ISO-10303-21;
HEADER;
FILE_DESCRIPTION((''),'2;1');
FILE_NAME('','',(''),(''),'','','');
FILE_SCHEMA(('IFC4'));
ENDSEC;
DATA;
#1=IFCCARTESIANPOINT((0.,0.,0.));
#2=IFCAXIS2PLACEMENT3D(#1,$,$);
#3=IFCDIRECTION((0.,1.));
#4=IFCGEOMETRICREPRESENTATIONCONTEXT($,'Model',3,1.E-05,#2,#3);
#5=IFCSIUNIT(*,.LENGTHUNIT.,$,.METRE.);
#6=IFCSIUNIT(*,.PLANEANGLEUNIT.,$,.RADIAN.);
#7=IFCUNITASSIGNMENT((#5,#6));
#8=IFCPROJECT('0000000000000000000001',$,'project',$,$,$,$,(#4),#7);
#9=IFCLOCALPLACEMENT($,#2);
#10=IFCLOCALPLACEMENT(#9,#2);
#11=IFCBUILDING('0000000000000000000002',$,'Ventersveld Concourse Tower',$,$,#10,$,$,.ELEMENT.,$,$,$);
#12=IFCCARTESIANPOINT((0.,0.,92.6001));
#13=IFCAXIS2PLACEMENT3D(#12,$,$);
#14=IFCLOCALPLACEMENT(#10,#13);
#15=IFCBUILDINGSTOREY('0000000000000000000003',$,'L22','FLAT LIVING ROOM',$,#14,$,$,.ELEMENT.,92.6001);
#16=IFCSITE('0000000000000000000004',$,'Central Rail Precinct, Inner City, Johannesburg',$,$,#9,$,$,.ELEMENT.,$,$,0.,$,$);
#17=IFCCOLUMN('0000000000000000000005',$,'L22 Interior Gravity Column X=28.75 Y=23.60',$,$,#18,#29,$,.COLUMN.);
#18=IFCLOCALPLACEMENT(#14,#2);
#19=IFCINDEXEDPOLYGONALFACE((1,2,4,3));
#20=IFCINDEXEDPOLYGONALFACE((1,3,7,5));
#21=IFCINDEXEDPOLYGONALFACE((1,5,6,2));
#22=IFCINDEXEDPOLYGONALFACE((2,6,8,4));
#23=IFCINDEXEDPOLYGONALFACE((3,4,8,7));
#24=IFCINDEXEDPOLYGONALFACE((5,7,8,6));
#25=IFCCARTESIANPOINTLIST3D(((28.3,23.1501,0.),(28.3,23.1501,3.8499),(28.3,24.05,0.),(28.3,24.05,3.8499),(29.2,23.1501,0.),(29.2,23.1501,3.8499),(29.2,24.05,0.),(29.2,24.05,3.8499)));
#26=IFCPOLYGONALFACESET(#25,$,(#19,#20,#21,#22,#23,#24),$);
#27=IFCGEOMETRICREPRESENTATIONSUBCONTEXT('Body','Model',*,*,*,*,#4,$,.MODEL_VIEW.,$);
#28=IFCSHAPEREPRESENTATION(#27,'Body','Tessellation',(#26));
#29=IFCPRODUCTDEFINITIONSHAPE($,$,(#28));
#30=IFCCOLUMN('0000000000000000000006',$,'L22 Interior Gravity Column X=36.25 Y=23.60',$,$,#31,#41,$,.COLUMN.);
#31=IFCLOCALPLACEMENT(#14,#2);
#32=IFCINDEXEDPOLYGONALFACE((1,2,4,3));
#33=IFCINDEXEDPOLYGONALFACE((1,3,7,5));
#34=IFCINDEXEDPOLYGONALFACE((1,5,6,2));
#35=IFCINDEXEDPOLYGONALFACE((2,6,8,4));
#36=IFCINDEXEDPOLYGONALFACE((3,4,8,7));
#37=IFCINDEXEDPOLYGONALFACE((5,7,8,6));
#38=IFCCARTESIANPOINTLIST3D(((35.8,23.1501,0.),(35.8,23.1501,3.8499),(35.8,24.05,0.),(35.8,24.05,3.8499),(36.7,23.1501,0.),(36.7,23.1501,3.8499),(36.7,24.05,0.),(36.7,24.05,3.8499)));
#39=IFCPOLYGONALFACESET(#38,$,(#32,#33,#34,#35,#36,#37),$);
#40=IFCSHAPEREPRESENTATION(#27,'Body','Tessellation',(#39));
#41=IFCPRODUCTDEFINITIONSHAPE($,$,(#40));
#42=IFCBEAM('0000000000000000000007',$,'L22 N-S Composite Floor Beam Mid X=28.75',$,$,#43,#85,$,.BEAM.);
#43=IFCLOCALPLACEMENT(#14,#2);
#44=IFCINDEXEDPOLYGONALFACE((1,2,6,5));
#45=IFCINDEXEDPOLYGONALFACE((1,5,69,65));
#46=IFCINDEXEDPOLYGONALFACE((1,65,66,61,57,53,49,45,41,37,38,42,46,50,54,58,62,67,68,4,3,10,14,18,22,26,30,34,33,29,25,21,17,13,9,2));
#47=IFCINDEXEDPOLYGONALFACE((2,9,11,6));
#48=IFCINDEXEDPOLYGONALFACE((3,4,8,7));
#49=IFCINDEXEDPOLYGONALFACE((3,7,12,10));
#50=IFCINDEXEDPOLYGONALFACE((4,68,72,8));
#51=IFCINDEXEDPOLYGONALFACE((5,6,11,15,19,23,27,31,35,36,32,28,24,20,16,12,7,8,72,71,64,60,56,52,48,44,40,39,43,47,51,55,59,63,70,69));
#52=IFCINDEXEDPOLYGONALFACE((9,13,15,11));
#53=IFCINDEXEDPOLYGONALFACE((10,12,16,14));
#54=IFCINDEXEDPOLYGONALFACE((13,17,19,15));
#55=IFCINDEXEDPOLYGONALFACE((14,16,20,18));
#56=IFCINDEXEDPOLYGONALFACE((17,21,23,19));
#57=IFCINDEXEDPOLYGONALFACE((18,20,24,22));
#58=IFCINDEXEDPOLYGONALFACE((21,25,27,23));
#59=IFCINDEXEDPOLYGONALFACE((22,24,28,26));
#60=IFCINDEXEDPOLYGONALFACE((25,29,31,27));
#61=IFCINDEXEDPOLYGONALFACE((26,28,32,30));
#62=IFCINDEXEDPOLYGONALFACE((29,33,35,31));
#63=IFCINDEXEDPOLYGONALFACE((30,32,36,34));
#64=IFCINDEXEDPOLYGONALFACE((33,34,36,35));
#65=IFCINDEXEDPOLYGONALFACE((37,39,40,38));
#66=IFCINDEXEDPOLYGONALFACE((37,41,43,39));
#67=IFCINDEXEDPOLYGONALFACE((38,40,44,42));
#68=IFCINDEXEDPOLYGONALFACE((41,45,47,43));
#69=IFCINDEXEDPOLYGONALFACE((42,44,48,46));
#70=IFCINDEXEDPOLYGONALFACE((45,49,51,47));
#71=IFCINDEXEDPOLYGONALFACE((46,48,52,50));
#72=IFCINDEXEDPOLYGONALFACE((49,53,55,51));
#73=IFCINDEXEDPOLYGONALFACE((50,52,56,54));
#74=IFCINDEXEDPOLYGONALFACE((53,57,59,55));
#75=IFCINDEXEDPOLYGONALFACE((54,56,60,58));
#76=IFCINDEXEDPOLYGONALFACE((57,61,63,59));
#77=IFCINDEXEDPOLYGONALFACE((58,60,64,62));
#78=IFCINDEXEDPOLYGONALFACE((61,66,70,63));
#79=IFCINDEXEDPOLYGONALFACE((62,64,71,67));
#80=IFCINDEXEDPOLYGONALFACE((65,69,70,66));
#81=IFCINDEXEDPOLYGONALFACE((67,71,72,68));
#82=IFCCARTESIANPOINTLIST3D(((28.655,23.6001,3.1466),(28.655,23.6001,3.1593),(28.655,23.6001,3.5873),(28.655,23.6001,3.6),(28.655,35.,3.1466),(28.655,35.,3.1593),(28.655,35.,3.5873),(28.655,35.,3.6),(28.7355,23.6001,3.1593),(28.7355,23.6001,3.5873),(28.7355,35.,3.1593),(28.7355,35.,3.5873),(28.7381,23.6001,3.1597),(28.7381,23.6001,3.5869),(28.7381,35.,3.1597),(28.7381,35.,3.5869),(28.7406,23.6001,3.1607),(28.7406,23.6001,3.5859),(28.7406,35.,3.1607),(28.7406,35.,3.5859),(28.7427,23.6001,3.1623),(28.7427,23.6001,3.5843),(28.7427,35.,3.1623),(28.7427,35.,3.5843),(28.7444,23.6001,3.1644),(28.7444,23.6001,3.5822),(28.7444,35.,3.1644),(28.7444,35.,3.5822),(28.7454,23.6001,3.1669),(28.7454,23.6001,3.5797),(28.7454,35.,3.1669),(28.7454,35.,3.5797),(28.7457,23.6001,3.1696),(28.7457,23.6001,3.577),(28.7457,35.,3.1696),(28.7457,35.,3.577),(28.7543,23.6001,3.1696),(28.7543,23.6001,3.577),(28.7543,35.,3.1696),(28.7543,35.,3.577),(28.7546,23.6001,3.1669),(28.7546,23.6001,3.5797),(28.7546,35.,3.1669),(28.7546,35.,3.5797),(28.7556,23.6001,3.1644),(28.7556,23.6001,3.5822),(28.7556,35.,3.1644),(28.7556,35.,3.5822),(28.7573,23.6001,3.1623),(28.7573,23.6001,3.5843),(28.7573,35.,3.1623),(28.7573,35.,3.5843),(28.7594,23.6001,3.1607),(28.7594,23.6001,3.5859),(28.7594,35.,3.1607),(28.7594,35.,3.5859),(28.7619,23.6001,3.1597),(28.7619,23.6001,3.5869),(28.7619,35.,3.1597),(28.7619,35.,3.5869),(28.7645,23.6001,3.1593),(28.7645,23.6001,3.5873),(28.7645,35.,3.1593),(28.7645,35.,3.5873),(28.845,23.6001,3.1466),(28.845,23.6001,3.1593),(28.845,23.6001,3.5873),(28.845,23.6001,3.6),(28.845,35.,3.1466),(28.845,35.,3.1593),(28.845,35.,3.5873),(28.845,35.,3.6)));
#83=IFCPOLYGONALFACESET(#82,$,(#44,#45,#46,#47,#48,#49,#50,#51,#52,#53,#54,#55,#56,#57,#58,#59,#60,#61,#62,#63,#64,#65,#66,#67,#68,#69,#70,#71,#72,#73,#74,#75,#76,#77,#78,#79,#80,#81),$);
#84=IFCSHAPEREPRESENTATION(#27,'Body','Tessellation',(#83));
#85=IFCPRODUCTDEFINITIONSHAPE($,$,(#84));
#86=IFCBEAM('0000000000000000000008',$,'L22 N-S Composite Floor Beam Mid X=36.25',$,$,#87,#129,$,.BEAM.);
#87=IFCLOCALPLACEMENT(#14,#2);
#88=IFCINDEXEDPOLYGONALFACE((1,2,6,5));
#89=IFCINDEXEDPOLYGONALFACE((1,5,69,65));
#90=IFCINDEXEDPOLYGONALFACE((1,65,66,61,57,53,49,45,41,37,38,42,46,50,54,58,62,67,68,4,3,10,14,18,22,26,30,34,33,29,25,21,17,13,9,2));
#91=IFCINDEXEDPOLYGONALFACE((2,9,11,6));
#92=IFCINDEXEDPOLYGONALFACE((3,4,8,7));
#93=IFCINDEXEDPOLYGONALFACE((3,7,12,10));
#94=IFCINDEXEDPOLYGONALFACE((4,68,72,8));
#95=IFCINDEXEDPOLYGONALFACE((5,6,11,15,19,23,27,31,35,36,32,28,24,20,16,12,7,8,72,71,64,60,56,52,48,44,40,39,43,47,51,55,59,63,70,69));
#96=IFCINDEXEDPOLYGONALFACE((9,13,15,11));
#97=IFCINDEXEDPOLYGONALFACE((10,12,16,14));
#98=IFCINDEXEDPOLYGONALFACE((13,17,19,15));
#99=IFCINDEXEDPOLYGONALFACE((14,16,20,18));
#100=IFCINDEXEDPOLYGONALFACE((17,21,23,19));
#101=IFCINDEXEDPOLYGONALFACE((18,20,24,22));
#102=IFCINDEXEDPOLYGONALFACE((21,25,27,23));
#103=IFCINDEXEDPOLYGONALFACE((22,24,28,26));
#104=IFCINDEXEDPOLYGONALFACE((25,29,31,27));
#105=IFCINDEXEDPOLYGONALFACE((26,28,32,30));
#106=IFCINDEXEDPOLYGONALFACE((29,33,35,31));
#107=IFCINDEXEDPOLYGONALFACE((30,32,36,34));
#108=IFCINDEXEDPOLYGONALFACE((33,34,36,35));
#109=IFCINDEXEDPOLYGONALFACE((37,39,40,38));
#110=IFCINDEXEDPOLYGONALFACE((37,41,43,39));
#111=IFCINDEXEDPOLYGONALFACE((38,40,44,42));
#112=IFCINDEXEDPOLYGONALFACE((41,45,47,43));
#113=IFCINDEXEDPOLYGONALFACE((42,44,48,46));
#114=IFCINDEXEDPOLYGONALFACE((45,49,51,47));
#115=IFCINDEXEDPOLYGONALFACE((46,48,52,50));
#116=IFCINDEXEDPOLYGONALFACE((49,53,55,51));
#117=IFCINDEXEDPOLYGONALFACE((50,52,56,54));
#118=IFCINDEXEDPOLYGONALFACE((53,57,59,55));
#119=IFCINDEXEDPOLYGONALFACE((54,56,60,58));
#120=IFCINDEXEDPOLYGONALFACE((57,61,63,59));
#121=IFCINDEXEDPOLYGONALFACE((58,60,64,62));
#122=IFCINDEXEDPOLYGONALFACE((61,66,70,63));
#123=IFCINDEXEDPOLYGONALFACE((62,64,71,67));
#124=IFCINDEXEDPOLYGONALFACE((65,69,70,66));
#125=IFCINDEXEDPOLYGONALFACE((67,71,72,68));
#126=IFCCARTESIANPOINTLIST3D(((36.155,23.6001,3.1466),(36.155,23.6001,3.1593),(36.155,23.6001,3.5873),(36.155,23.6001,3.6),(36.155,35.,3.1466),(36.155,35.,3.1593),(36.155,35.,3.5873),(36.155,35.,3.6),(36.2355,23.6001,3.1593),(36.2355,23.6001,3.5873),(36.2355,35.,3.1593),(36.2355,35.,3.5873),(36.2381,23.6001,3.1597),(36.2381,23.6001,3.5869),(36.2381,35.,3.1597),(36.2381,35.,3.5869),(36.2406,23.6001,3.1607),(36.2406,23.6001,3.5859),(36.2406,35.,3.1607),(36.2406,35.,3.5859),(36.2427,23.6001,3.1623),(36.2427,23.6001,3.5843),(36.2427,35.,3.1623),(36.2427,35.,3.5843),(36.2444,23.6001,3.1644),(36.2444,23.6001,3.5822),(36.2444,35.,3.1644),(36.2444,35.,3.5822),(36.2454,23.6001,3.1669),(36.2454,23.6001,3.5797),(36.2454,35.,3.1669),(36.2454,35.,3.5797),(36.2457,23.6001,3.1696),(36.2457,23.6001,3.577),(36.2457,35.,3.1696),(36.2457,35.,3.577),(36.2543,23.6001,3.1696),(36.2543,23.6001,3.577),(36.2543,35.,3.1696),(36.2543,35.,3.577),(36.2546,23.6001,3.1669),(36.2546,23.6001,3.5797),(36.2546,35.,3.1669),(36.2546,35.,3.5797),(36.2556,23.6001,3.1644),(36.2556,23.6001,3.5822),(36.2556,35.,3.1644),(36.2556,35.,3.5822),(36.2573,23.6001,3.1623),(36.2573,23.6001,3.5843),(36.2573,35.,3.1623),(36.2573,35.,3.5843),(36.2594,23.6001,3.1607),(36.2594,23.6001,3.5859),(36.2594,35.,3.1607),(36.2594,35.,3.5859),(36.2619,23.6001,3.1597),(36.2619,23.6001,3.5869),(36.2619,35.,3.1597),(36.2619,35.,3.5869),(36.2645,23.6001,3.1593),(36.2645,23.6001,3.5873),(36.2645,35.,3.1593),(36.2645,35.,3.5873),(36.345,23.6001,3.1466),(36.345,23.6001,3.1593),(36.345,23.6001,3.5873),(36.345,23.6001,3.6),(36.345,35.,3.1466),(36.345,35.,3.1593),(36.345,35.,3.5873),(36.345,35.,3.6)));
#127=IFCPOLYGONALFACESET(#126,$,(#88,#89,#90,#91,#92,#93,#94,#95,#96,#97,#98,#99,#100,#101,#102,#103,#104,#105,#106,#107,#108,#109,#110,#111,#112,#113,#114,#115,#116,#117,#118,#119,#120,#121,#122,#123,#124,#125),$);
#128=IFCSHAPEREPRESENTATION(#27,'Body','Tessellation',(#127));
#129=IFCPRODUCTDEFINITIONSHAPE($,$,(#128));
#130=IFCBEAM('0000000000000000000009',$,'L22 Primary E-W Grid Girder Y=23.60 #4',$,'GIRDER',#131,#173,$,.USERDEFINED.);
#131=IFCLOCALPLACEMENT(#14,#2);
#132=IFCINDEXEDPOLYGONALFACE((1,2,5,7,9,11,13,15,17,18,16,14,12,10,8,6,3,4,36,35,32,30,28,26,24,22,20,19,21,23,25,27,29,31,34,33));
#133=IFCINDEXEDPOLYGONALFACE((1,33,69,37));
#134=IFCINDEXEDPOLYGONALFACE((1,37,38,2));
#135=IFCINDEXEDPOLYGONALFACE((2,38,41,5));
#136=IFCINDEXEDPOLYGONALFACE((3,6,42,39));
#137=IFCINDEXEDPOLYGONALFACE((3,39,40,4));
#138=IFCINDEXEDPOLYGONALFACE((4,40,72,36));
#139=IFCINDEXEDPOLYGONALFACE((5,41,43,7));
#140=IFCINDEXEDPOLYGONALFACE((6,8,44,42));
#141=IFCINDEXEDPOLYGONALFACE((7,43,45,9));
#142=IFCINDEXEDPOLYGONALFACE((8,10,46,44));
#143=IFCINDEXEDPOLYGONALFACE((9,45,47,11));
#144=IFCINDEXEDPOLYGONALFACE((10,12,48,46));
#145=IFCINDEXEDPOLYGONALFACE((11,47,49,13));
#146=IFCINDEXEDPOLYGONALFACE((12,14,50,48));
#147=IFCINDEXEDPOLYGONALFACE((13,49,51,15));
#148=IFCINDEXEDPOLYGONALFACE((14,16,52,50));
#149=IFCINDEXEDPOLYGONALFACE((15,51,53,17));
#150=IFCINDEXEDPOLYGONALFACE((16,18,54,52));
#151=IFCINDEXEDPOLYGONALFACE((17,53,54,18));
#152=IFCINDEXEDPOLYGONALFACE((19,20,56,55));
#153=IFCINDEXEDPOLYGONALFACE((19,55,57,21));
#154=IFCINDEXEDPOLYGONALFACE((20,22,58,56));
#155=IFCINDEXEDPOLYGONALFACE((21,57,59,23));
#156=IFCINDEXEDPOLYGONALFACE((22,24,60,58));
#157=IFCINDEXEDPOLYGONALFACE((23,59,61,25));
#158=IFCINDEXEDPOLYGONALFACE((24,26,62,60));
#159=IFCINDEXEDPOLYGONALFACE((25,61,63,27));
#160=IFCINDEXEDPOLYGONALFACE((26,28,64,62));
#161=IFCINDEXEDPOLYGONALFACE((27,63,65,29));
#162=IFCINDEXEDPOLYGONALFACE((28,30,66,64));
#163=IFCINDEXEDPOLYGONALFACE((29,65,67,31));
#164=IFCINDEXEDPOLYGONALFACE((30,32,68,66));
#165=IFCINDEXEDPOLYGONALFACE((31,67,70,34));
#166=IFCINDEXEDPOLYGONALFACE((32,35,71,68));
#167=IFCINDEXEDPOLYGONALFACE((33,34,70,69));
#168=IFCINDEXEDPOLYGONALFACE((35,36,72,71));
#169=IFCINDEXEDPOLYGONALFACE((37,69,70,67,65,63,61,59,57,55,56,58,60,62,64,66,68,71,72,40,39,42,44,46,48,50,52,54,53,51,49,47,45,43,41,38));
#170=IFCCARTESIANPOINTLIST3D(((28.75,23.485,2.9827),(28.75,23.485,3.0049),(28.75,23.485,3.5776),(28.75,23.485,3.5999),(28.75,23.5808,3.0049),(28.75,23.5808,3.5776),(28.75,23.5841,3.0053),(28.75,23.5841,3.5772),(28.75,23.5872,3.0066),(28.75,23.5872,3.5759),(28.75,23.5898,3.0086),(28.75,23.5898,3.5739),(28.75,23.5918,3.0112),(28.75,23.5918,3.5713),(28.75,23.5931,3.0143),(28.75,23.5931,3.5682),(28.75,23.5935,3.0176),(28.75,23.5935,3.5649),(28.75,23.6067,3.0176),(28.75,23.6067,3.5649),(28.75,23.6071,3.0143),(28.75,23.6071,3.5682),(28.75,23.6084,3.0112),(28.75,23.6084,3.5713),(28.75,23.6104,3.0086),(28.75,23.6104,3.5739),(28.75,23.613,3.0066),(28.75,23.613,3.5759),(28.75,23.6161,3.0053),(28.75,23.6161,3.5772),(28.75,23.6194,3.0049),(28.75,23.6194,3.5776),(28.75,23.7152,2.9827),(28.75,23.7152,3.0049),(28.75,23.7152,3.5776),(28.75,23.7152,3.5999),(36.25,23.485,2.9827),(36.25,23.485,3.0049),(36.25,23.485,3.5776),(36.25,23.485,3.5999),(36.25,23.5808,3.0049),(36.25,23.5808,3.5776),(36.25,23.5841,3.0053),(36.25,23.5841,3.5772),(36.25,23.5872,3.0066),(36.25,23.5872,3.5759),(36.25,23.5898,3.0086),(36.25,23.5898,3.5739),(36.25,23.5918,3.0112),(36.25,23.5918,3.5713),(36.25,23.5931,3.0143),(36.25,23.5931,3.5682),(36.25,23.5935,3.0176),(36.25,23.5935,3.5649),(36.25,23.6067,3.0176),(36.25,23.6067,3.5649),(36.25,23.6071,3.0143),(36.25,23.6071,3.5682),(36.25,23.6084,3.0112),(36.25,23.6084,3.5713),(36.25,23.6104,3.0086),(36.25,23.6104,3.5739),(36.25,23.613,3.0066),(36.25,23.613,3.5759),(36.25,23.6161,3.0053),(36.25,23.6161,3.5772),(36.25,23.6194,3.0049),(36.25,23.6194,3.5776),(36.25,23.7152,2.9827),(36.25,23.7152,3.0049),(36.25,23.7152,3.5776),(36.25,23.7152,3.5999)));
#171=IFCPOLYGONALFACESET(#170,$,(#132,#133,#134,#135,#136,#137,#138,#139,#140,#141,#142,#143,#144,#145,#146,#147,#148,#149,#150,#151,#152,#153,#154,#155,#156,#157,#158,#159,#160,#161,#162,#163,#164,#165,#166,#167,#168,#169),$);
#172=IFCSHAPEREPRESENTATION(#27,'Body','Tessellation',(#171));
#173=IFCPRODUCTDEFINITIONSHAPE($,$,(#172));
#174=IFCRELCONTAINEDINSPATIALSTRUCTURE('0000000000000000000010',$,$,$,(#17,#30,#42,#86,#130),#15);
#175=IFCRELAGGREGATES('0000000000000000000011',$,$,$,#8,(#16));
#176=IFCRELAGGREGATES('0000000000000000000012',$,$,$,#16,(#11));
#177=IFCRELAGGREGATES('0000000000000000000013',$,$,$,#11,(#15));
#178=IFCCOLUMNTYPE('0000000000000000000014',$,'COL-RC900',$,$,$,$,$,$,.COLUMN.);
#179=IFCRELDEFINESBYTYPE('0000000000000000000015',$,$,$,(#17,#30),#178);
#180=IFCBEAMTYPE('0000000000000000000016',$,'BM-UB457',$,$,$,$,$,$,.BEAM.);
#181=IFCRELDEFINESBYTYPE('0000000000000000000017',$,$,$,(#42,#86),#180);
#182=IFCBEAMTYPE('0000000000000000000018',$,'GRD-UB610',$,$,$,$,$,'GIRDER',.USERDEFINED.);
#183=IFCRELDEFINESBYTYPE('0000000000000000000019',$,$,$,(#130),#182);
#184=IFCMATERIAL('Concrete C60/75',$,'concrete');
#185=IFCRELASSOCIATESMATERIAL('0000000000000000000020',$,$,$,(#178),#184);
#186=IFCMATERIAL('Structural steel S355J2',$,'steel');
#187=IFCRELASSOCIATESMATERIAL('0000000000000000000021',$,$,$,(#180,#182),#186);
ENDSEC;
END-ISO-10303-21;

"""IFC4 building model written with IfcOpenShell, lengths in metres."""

from ifc_helpers import new_model, si_unit, direction, frame, origin, origin_2d, place, context, subcontext, project, spatial, rectangle, i_section, extrude, material, material_profile, profile_set, type_object, element, save


model = new_model("IFC4")

# Units and contexts
model_context = context("Model", 3, precision=1e-05, world=origin(), true_north=direction((0.0, 1.0)))
body_context = subcontext(model_context, "Body", "Model", "MODEL_VIEW")
ifc_project = project(units=[si_unit("LENGTHUNIT", "METRE"), si_unit("PLANEANGLEUNIT", "RADIAN")], contexts=[model_context])

# Site, building, storey
site_placement = place(None, origin())
site = spatial("IfcSite", under=ifc_project, at=site_placement, Name="Central Rail Precinct, Inner City, Johannesburg", CompositionType="ELEMENT", RefElevation=0.0)
building_placement = place(site_placement, origin())
building = spatial("IfcBuilding", under=site, at=building_placement, Name="Ventersveld Concourse Tower", CompositionType="ELEMENT")
storey_placement = place(building_placement, frame((0.0, 0.0, 92.6001)))
storey = spatial("IfcBuildingStorey", under=building, at=storey_placement, Name="L22", Description="FLAT LIVING ROOM", CompositionType="ELEMENT", Elevation=92.6001)

# Columns
ifc_material_1 = material(Name="Concrete C60/75", Category="concrete")
ifc_material_profile_1 = material_profile(ifc_material_1, rectangle(XDim=0.8999, YDim=0.8999, at=origin_2d()), Name="RC 900x900")
ifc_profile_set_1 = profile_set([ifc_material_profile_1], Name="Concrete C60/75")
column_type = type_object("IfcColumnType", Name="COL-RC900", PredefinedType="COLUMN", material=ifc_profile_set_1)
for number, where, z_axis, x_axis, name in (
    (1, (28.75, 23.6001, 0.0), (0.0, 0.0, 1.0), (1.0, 0.0, 0.0), "L22 Interior Gravity Column X=28.75 Y=23.60"),
    (2, (36.25, 23.6001, 0.0), (0.0, 0.0, 1.0), (1.0, 0.0, 0.0), "L22 Interior Gravity Column X=36.25 Y=23.60"),
):
    element("IfcColumn", number, at=place(storey_placement, frame(where, z_axis=z_axis, x_axis=x_axis)), inside=storey, type_object=column_type, Name=name, PredefinedType="COLUMN", context=body_context, shape_type="SweptSolid", body=[
        extrude(rectangle(XDim=0.8999, YDim=0.8999, at=origin_2d()), origin(), (0.0, 0.0, 1.0), 3.8499),
    ])

# Beams
ifc_material_2 = material(Name="Structural steel S355J2", Category="steel")
ifc_material_profile_2 = material_profile(ifc_material_2, i_section(OverallWidth=0.1899, OverallDepth=0.4534, WebThickness=0.0085, FlangeThickness=0.0127, FilletRadius=0.0103, at=origin_2d()), Name="UB 457x191x67")
ifc_profile_set_2 = profile_set([ifc_material_profile_2], Name="Structural steel S355J2")
beam_type_1 = type_object("IfcBeamType", Name="BM-UB457", PredefinedType="BEAM", material=ifc_profile_set_2)
for number, where, z_axis, x_axis, name in (
    (3, (28.75, 23.6001, 3.3733), (0.0, 1.0, 0.0), (-1.0, 0.0, 0.0), "L22 N-S Composite Floor Beam Mid X=28.75"),
    (4, (36.25, 23.6001, 3.3733), (0.0, 1.0, 0.0), (-1.0, 0.0, 0.0), "L22 N-S Composite Floor Beam Mid X=36.25"),
):
    element("IfcBeam", number, at=place(storey_placement, frame(where, z_axis=z_axis, x_axis=x_axis)), inside=storey, type_object=beam_type_1, Name=name, PredefinedType="BEAM", context=body_context, shape_type="SweptSolid", body=[
        extrude(i_section(OverallWidth=0.1899, OverallDepth=0.4534, WebThickness=0.0085, FlangeThickness=0.0127, FilletRadius=0.0103, at=origin_2d()), origin(), (0.0, 0.0, 1.0), 11.3999),
    ])
ifc_material_profile_3 = material_profile(ifc_material_2, i_section(OverallWidth=0.2302, OverallDepth=0.6172, WebThickness=0.0132, FlangeThickness=0.0222, FilletRadius=0.0127, at=origin_2d()), Name="UB 610x229x140")
ifc_profile_set_3 = profile_set([ifc_material_profile_3], Name="Structural steel S355J2")
beam_type_2 = type_object("IfcBeamType", Name="GRD-UB610", ElementType="GIRDER", PredefinedType="USERDEFINED", material=ifc_profile_set_3)
for number, where, z_axis, x_axis, name in (
    (5, (28.75, 23.6001, 3.2913), (1.0, 0.0, 0.0), (0.0, 1.0, 0.0), "L22 Primary E-W Grid Girder Y=23.60 #4"),
):
    element("IfcBeam", number, at=place(storey_placement, frame(where, z_axis=z_axis, x_axis=x_axis)), inside=storey, type_object=beam_type_2, Name=name, ObjectType="GIRDER", PredefinedType="USERDEFINED", context=body_context, shape_type="SweptSolid", body=[
        extrude(i_section(OverallWidth=0.2302, OverallDepth=0.6172, WebThickness=0.0132, FlangeThickness=0.0222, FilletRadius=0.0127, at=origin_2d()), origin(), (0.0, 0.0, 1.0), 7.5),
    ])

save(model, "model.ifc")
